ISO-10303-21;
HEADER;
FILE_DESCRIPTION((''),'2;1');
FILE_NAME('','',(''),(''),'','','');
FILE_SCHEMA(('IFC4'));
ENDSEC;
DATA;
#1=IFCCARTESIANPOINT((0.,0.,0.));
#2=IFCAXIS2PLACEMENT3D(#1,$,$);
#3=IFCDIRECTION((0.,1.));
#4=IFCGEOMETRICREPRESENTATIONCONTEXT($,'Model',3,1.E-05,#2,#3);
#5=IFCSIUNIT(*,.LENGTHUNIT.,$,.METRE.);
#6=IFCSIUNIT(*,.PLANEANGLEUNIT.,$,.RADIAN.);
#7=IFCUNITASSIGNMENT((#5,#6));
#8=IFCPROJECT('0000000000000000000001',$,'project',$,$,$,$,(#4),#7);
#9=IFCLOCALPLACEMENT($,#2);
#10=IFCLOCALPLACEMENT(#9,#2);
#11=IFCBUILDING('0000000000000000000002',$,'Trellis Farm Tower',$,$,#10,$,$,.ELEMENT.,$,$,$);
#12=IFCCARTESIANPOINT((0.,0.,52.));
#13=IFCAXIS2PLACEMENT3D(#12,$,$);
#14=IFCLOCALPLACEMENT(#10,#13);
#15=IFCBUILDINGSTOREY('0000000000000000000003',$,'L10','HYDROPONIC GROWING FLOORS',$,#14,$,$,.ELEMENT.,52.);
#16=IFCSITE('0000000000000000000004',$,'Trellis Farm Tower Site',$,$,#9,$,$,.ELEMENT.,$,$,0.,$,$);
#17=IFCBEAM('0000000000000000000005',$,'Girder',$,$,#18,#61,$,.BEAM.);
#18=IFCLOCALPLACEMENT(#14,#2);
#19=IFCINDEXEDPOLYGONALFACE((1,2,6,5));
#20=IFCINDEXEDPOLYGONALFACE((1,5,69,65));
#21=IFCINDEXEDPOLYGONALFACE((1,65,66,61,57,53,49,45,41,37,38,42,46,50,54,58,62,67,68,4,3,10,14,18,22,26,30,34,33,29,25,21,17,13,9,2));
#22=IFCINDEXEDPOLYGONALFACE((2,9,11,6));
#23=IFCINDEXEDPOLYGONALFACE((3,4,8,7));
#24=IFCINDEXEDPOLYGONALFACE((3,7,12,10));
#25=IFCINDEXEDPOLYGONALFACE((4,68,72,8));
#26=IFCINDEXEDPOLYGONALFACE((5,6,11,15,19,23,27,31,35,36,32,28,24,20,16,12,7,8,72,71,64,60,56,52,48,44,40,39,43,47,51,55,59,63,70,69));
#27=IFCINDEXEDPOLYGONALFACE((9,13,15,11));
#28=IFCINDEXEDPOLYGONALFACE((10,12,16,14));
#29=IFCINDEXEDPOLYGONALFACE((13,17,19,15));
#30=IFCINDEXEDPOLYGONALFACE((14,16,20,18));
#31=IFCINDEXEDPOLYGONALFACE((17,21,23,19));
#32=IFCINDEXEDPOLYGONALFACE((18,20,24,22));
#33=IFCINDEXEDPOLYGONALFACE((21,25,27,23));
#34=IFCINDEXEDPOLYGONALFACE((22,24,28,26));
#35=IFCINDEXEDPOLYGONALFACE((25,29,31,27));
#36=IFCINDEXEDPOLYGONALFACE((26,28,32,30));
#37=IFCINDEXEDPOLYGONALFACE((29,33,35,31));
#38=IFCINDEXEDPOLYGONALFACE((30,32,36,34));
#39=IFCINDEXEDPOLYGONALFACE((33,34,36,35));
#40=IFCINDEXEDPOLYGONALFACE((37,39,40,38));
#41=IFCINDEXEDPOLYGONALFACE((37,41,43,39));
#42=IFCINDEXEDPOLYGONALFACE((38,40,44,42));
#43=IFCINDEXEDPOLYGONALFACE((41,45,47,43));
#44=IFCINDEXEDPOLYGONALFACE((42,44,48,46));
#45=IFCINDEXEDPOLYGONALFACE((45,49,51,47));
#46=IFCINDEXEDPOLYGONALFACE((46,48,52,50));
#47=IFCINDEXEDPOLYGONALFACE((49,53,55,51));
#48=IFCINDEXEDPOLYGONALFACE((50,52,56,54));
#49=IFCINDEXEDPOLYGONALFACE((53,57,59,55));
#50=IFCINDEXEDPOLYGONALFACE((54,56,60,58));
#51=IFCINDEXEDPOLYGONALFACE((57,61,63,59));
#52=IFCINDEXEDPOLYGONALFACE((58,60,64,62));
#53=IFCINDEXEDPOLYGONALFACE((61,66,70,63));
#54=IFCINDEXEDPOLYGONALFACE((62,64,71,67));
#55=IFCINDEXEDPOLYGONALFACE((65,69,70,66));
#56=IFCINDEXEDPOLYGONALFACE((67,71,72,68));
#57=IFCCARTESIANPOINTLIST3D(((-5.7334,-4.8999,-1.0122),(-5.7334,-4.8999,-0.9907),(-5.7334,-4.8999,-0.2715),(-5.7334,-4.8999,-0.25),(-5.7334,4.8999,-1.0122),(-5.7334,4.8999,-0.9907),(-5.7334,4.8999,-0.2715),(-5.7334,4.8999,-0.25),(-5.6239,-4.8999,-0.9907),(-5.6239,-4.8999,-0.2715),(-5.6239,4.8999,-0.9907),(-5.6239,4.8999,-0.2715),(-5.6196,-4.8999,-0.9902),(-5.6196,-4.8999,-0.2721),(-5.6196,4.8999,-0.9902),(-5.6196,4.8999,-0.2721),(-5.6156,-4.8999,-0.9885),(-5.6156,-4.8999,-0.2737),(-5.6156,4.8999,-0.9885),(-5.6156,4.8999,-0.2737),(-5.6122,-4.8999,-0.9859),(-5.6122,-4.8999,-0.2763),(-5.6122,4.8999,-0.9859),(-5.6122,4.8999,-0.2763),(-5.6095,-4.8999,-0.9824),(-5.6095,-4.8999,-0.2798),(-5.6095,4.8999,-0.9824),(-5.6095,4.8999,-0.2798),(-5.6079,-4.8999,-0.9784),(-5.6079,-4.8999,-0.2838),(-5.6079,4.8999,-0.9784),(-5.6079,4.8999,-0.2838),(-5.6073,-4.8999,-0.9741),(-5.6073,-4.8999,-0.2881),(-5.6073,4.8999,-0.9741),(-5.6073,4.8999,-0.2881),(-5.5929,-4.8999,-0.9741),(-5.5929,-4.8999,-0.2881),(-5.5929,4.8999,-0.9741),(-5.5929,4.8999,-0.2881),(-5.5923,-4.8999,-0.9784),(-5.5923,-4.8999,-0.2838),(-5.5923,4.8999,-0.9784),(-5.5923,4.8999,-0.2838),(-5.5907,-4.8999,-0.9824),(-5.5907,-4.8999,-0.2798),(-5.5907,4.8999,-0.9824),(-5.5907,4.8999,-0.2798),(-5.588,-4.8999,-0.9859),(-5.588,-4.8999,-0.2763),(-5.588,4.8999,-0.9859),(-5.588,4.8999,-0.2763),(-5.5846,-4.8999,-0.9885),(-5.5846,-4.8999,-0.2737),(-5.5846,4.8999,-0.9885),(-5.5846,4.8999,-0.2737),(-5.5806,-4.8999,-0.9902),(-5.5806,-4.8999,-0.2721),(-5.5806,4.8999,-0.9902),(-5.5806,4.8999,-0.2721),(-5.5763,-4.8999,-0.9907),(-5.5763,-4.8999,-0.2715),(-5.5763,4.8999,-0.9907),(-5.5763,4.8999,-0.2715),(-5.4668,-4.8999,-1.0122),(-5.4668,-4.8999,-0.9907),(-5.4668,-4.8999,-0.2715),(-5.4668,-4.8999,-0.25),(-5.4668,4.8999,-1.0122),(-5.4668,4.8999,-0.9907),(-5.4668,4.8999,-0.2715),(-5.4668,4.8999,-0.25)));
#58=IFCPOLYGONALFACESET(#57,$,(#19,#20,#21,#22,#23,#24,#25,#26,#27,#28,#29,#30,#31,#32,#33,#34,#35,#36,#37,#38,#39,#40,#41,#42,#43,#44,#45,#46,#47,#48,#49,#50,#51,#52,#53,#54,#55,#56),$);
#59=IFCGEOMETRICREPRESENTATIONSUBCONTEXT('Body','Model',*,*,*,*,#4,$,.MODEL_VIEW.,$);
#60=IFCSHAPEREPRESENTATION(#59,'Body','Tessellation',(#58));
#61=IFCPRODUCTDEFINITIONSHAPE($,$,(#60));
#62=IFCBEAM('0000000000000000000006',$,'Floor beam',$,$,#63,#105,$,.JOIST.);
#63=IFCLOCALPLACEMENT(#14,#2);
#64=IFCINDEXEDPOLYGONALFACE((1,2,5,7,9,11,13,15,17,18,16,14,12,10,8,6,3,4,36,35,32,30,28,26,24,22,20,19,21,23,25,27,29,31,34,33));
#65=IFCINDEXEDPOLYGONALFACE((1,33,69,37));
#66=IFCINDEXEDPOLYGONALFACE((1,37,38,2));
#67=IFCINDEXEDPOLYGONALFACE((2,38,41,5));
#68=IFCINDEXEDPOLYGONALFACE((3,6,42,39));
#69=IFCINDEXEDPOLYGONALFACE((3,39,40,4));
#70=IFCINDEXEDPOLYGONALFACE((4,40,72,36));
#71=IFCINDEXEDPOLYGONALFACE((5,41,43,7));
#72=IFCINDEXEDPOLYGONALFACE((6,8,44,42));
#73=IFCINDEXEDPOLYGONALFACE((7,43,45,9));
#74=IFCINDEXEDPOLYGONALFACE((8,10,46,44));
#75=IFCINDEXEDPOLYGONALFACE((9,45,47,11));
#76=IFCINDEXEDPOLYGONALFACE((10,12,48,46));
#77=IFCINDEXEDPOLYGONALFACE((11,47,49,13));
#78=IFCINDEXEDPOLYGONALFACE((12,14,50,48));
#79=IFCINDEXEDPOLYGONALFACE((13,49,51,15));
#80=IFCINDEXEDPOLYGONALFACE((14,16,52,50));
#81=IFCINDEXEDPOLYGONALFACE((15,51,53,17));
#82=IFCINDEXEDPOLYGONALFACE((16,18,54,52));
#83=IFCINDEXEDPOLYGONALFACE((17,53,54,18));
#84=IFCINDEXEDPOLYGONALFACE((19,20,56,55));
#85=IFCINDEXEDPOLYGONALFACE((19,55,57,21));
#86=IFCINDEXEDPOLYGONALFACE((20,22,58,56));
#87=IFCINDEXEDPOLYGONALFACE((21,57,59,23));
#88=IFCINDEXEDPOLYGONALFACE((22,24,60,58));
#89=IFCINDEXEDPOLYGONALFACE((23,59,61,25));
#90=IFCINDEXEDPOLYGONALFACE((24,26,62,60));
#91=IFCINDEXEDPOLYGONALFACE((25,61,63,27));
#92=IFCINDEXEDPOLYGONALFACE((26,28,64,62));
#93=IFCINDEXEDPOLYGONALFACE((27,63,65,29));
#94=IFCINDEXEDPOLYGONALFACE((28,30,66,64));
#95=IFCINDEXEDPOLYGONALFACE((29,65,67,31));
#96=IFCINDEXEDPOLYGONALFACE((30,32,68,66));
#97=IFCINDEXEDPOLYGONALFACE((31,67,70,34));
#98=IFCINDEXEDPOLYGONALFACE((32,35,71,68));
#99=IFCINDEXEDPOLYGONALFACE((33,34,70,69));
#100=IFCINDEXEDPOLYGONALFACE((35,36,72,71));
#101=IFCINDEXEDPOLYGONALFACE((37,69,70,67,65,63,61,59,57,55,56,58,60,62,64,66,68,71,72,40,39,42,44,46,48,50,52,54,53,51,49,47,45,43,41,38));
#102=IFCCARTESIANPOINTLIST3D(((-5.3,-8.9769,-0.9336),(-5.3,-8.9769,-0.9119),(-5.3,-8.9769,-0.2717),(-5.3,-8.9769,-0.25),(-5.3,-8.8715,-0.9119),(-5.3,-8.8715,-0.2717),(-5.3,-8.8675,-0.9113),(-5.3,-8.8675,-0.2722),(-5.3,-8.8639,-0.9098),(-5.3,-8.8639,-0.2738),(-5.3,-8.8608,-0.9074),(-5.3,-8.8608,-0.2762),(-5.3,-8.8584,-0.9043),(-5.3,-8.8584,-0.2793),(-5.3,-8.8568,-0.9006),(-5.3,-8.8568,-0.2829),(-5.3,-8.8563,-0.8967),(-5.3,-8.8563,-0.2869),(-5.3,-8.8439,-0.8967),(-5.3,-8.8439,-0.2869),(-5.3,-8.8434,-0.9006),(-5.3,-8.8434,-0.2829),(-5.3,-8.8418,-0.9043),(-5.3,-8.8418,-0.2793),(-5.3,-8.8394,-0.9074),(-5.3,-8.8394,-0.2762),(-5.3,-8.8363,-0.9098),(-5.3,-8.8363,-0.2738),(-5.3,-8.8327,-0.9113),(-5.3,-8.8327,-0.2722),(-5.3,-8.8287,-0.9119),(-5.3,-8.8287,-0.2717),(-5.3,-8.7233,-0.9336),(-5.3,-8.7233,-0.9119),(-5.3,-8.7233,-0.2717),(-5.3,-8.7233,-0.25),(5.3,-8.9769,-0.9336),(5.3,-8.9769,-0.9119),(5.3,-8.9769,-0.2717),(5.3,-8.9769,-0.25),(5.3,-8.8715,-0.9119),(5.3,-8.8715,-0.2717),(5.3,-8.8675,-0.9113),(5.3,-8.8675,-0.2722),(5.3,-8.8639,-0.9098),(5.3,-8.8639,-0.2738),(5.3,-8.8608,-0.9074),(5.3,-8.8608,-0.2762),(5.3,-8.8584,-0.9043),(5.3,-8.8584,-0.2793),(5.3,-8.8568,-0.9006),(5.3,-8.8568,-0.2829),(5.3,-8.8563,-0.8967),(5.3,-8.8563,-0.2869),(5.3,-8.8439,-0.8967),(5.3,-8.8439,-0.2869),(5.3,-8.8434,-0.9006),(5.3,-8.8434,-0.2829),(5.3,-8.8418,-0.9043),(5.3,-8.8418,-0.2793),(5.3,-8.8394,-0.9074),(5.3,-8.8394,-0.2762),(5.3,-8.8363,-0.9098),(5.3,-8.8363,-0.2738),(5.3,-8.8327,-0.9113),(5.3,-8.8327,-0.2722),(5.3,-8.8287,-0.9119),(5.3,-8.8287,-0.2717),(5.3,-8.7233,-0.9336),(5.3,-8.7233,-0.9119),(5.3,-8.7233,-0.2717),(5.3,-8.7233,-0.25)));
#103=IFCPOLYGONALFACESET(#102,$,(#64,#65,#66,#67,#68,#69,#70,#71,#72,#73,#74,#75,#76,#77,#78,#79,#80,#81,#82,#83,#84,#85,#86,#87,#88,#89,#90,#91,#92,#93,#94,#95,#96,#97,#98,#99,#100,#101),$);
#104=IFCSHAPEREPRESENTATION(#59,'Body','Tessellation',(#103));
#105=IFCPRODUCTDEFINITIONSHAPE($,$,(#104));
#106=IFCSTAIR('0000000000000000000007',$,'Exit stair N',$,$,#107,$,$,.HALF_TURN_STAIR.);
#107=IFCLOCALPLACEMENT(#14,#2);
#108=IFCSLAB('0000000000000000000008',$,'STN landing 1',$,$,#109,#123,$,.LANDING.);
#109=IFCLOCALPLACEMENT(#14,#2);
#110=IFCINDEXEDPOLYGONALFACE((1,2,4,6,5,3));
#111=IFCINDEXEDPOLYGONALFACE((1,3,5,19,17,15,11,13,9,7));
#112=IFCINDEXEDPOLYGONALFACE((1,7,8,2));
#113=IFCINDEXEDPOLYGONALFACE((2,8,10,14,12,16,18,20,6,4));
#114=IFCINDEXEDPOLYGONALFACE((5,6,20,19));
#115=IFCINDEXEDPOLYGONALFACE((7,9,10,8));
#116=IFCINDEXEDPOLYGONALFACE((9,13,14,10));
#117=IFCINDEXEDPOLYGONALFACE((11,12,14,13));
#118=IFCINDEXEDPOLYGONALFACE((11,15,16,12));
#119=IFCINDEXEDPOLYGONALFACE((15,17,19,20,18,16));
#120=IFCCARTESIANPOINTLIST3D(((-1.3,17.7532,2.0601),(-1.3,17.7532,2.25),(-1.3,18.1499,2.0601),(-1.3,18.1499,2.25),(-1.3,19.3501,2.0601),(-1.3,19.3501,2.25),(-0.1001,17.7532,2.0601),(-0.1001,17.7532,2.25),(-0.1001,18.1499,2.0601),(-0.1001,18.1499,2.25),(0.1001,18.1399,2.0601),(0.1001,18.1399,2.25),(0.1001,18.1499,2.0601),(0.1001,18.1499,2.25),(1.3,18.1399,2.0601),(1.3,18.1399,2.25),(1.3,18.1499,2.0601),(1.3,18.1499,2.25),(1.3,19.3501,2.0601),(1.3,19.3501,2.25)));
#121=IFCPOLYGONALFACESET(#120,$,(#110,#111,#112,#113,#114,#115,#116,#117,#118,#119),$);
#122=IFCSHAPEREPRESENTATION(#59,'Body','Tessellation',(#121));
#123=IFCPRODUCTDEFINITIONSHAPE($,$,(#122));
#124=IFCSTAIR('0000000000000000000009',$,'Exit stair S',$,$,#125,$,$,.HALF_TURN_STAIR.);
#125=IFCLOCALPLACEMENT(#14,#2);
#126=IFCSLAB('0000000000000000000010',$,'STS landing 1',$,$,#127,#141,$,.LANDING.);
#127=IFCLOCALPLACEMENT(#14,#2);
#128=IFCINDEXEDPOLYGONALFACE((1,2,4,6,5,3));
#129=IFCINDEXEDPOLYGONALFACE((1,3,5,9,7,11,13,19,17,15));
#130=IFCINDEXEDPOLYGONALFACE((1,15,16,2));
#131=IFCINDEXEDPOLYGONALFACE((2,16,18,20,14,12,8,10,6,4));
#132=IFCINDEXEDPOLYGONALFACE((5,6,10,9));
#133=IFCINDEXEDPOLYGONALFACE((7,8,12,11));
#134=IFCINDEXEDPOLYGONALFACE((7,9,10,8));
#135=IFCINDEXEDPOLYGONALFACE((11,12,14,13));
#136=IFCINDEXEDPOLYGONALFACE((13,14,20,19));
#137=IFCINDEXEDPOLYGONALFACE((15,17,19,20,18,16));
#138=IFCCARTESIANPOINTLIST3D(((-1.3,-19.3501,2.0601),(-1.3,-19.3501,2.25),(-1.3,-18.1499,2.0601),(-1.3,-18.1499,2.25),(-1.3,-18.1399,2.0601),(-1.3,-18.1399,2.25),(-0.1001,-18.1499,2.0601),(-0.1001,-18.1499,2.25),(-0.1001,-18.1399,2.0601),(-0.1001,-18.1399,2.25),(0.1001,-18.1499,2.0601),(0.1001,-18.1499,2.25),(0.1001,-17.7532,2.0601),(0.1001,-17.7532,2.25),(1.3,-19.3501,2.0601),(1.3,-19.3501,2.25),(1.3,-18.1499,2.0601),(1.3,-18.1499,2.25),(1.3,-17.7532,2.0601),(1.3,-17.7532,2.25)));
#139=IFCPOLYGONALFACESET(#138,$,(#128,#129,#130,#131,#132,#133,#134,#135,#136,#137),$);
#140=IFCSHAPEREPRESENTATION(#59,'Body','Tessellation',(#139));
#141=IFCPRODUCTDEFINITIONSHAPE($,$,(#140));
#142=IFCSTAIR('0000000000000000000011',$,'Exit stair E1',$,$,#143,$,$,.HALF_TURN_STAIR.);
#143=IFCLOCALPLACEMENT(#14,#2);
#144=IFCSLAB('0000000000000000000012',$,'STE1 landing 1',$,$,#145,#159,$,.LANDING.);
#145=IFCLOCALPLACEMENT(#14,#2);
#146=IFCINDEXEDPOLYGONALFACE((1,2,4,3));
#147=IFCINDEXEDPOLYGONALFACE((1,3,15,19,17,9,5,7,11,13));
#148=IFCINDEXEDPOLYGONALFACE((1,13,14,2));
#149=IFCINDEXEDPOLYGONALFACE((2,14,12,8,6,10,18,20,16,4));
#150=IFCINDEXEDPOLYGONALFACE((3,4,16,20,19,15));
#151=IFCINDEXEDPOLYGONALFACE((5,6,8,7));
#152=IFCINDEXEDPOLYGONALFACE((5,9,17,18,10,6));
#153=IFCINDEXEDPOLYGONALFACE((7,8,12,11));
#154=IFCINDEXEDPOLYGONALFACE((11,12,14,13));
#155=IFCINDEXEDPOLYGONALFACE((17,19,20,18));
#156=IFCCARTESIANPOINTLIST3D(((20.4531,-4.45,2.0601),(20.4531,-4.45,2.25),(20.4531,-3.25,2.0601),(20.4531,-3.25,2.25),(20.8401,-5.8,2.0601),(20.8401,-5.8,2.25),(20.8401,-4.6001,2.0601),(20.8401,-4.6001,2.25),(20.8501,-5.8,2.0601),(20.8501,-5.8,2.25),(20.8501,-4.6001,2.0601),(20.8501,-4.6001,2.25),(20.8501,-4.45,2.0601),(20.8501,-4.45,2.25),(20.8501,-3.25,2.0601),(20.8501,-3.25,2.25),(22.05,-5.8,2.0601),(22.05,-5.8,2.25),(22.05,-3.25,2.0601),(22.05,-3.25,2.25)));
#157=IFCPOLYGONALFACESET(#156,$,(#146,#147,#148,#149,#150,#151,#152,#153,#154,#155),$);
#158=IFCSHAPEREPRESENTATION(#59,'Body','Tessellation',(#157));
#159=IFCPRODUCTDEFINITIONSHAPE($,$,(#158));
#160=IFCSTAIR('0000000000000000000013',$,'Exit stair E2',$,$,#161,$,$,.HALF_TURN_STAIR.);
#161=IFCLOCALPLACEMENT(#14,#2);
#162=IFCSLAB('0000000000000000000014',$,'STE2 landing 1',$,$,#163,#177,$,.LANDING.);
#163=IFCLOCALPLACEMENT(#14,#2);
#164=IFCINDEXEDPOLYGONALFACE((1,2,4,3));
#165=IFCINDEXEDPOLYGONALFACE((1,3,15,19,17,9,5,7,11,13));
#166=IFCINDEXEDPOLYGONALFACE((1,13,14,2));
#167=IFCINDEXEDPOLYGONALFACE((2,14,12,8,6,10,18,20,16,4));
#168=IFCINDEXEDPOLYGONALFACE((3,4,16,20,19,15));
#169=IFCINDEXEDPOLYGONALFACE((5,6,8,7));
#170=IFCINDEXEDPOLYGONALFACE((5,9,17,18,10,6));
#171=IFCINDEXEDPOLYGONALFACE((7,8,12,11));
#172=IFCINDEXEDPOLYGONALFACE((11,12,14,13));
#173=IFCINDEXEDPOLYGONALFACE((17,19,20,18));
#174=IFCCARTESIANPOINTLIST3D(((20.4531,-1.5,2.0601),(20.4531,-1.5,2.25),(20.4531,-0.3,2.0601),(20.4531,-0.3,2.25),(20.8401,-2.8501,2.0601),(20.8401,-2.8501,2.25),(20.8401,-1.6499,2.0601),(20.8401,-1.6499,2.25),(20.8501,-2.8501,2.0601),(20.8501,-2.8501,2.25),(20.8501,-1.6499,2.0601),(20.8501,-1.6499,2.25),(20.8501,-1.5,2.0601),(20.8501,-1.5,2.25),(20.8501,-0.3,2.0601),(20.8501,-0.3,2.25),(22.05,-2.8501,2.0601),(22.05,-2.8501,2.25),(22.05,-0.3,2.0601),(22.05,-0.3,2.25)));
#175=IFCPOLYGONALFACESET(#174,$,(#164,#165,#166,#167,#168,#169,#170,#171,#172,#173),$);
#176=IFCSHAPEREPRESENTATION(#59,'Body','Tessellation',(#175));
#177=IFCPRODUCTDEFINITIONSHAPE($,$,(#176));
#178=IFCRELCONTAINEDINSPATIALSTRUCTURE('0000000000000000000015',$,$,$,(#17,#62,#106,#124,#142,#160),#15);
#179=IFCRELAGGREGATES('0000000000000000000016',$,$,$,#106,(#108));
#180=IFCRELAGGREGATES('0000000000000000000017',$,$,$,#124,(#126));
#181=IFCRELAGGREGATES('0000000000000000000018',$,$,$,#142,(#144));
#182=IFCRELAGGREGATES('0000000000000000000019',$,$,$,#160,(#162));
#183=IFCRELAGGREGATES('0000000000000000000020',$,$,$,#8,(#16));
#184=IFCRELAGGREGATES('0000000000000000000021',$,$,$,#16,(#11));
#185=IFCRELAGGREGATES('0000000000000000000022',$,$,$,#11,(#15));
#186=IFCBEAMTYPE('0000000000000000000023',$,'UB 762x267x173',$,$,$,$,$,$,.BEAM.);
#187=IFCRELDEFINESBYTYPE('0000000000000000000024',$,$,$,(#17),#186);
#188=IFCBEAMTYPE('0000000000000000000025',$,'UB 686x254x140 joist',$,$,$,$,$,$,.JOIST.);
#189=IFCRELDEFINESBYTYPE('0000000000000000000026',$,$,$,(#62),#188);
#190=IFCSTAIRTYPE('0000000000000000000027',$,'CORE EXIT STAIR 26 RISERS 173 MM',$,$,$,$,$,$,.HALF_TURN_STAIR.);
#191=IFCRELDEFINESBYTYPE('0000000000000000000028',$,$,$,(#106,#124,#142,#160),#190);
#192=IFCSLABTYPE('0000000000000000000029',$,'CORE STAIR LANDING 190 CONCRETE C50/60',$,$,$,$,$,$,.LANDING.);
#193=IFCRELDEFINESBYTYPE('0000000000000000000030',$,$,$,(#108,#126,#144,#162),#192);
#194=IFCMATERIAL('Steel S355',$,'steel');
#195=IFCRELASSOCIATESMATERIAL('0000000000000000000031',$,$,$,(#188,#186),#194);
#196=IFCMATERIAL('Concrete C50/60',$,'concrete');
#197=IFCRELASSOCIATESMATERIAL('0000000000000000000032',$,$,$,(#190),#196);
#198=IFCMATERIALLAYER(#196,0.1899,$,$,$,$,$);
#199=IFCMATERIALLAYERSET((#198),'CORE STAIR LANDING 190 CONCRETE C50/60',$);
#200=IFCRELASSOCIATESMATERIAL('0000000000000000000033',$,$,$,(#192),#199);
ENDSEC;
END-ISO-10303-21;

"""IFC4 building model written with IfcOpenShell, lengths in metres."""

from ifc_helpers import new_model, si_unit, direction, frame, origin, origin_2d, place, context, subcontext, project, spatial, polyline, i_section, outline, extrude, source, transform, mapped, material, layer, layer_set, material_profile, profile_set, type_object, element, aggregate, save


model = new_model("IFC4")

# Units and contexts
model_context = context("Model", 3, precision=1e-05, world=origin(), true_north=direction((0.0, 1.0)))
body_context = subcontext(model_context, "Body", "Model", "MODEL_VIEW")
ifc_project = project(units=[si_unit("LENGTHUNIT", "METRE"), si_unit("PLANEANGLEUNIT", "RADIAN")], contexts=[model_context])

# Site, building, storey
site_placement = place(None, origin())
site = spatial("IfcSite", under=ifc_project, at=site_placement, Name="Trellis Farm Tower Site", CompositionType="ELEMENT", RefElevation=0.0)
building_placement = place(site_placement, origin())
building = spatial("IfcBuilding", under=site, at=building_placement, Name="Trellis Farm Tower", CompositionType="ELEMENT")
storey_placement = place(building_placement, frame((0.0, 0.0, 52.0)))
storey = spatial("IfcBuildingStorey", under=building, at=storey_placement, Name="L10", Description="HYDROPONIC GROWING FLOORS", CompositionType="ELEMENT", Elevation=52.0)

# Beams
ifc_material_1 = material(Name="Steel S355", Category="steel")
ifc_material_profile_1 = material_profile(ifc_material_1, i_section(OverallWidth=0.2537, OverallDepth=0.6836, WebThickness=0.0125, FlangeThickness=0.0217, FilletRadius=0.0151, at=origin_2d()), Name="UB 686x254x140")
ifc_profile_set_1 = profile_set([ifc_material_profile_1], Name="Steel S355")
beam_type_1 = type_object("IfcBeamType", Name="UB 686x254x140 joist", PredefinedType="JOIST", material=ifc_profile_set_1)
ifc_material_profile_2 = material_profile(ifc_material_1, i_section(OverallWidth=0.2666, OverallDepth=0.7622, WebThickness=0.0144, FlangeThickness=0.0215, FilletRadius=0.0166, at=origin_2d()), Name="UB 762x267x173")
ifc_profile_set_2 = profile_set([ifc_material_profile_2], Name="Steel S355")
beam_type_2 = type_object("IfcBeamType", Name="UB 762x267x173", PredefinedType="BEAM", material=ifc_profile_set_2)
shared_shape_1 = source(origin(), body_context, "Body", "SweptSolid", [
    extrude(i_section(OverallWidth=0.2666, OverallDepth=0.7622, WebThickness=0.0144, FlangeThickness=0.0215, FilletRadius=0.0166, at=origin_2d()), origin(), (0.0, 0.0, 1.0), 9.7998),
])
for number, where, z_axis, x_axis, name in (
    (1, (-5.6001, -4.8999, -0.6311), (0.0, 1.0, 0.0), (-1.0, 0.0, 0.0), "Girder"),
):
    element("IfcBeam", number, at=place(storey_placement, frame(where, z_axis=z_axis, x_axis=x_axis)), inside=storey, type_object=beam_type_2, Name=name, PredefinedType="BEAM", context=body_context, shape_type="MappedRepresentation", body=[
        mapped(shared_shape_1, transform((0.0, 0.0, 0.0))),
    ])
shared_shape_2 = source(origin(), body_context, "Body", "SweptSolid", [
    extrude(i_section(OverallWidth=0.2537, OverallDepth=0.6836, WebThickness=0.0125, FlangeThickness=0.0217, FilletRadius=0.0151, at=origin_2d()), origin(), (0.0, 0.0, 1.0), 10.6001),
])
beam_placement = place(storey_placement, frame((-5.3, -8.8501, -0.5918), z_axis=(1.0, 0.0, 0.0), x_axis=(0.0, 1.0, 0.0)))
element("IfcBeam", 2, at=beam_placement, inside=storey, type_object=beam_type_1, Name="Floor beam", PredefinedType="JOIST", context=body_context, shape_type="MappedRepresentation", body=[
    mapped(shared_shape_2, transform((0.0, 0.0, 0.0))),
])

# Stairs, slabs
ifc_material_2 = material(Name="Concrete C50/60", Category="concrete")
stair_type = type_object("IfcStairType", Name="CORE EXIT STAIR 26 RISERS 173 MM", PredefinedType="HALF_TURN_STAIR", material=ifc_material_2)
placement_1 = place(storey_placement, origin())
stair_1 = element("IfcStair", 3, at=placement_1, inside=storey, type_object=stair_type, Name="Exit stair N", PredefinedType="HALF_TURN_STAIR")
ifc_layer_1 = layer(ifc_material_2, 0.1899)
ifc_layer_set_1 = layer_set([ifc_layer_1], Name="CORE STAIR LANDING 190 CONCRETE C50/60")
slab_type_1 = type_object("IfcSlabType", Name="CORE STAIR LANDING 190 CONCRETE C50/60", PredefinedType="LANDING", material=ifc_layer_set_1)
shared_shape_3 = source(origin(), body_context, "Body", "SweptSolid", [
    extrude(outline(polyline([(-0.1001, 17.7532), (-1.3, 17.7532), (-1.3, 18.1499), (-1.3, 19.3501), (1.3, 19.3501), (1.3, 18.1499), (1.3, 18.1399), (0.1001, 18.1399), (0.1001, 18.1499), (-0.1001, 18.1499), (-0.1001, 17.7532)])), origin(), (0.0, 0.0, 1.0), 0.1899),
])
placement_2 = place(storey_placement, frame((0.0, 0.0, 2.0601)))
slab_1 = element("IfcSlab", 4, at=placement_2, type_object=slab_type_1, Name="STN landing 1", PredefinedType="LANDING", context=body_context, shape_type="MappedRepresentation", body=[
    mapped(shared_shape_3, transform((0.0, 0.0, 0.0))),
])
aggregate(stair_1, [slab_1])
stair_2 = element("IfcStair", 5, at=placement_1, inside=storey, type_object=stair_type, Name="Exit stair S", PredefinedType="HALF_TURN_STAIR")
shared_shape_4 = source(origin(), body_context, "Body", "SweptSolid", [
    extrude(outline(polyline([(1.3, -19.3501), (-1.3, -19.3501), (-1.3, -18.1499), (-1.3, -18.1399), (-0.1001, -18.1399), (-0.1001, -18.1499), (0.1001, -18.1499), (0.1001, -17.7532), (1.3, -17.7532), (1.3, -18.1499), (1.3, -19.3501)])), origin(), (0.0, 0.0, 1.0), 0.1899),
])
slab_2 = element("IfcSlab", 6, at=placement_2, type_object=slab_type_1, Name="STS landing 1", PredefinedType="LANDING", context=body_context, shape_type="MappedRepresentation", body=[
    mapped(shared_shape_4, transform((0.0, 0.0, 0.0))),
])
aggregate(stair_2, [slab_2])
stair_3 = element("IfcStair", 7, at=placement_1, inside=storey, type_object=stair_type, Name="Exit stair E1", PredefinedType="HALF_TURN_STAIR")
shared_shape_5 = source(origin(), body_context, "Body", "SweptSolid", [
    extrude(outline(polyline([(20.8401, -5.8), (20.8401, -4.6001), (20.8501, -4.6001), (20.8501, -4.45), (20.4531, -4.45), (20.4531, -3.25), (20.8501, -3.25), (22.05, -3.25), (22.05, -5.8), (20.8501, -5.8), (20.8401, -5.8)])), origin(), (0.0, 0.0, 1.0), 0.1899),
])
slab_3 = element("IfcSlab", 8, at=placement_2, type_object=slab_type_1, Name="STE1 landing 1", PredefinedType="LANDING", context=body_context, shape_type="MappedRepresentation", body=[
    mapped(shared_shape_5, transform((0.0, 0.0, 0.0))),
])
aggregate(stair_3, [slab_3])
stair_4 = element("IfcStair", 9, at=placement_1, inside=storey, type_object=stair_type, Name="Exit stair E2", PredefinedType="HALF_TURN_STAIR")
shared_shape_6 = source(origin(), body_context, "Body", "SweptSolid", [
    extrude(outline(polyline([(20.8401, -2.8501), (20.8401, -1.6499), (20.8501, -1.6499), (20.8501, -1.5), (20.4531, -1.5), (20.4531, -0.3), (20.8501, -0.3), (22.05, -0.3), (22.05, -2.8501), (20.8501, -2.8501), (20.8401, -2.8501)])), origin(), (0.0, 0.0, 1.0), 0.1899),
])
slab_4 = element("IfcSlab", 10, at=placement_2, type_object=slab_type_1, Name="STE2 landing 1", PredefinedType="LANDING", context=body_context, shape_type="MappedRepresentation", body=[
    mapped(shared_shape_6, transform((0.0, 0.0, 0.0))),
])
aggregate(stair_4, [slab_4])

save(model, "model.ifc")
